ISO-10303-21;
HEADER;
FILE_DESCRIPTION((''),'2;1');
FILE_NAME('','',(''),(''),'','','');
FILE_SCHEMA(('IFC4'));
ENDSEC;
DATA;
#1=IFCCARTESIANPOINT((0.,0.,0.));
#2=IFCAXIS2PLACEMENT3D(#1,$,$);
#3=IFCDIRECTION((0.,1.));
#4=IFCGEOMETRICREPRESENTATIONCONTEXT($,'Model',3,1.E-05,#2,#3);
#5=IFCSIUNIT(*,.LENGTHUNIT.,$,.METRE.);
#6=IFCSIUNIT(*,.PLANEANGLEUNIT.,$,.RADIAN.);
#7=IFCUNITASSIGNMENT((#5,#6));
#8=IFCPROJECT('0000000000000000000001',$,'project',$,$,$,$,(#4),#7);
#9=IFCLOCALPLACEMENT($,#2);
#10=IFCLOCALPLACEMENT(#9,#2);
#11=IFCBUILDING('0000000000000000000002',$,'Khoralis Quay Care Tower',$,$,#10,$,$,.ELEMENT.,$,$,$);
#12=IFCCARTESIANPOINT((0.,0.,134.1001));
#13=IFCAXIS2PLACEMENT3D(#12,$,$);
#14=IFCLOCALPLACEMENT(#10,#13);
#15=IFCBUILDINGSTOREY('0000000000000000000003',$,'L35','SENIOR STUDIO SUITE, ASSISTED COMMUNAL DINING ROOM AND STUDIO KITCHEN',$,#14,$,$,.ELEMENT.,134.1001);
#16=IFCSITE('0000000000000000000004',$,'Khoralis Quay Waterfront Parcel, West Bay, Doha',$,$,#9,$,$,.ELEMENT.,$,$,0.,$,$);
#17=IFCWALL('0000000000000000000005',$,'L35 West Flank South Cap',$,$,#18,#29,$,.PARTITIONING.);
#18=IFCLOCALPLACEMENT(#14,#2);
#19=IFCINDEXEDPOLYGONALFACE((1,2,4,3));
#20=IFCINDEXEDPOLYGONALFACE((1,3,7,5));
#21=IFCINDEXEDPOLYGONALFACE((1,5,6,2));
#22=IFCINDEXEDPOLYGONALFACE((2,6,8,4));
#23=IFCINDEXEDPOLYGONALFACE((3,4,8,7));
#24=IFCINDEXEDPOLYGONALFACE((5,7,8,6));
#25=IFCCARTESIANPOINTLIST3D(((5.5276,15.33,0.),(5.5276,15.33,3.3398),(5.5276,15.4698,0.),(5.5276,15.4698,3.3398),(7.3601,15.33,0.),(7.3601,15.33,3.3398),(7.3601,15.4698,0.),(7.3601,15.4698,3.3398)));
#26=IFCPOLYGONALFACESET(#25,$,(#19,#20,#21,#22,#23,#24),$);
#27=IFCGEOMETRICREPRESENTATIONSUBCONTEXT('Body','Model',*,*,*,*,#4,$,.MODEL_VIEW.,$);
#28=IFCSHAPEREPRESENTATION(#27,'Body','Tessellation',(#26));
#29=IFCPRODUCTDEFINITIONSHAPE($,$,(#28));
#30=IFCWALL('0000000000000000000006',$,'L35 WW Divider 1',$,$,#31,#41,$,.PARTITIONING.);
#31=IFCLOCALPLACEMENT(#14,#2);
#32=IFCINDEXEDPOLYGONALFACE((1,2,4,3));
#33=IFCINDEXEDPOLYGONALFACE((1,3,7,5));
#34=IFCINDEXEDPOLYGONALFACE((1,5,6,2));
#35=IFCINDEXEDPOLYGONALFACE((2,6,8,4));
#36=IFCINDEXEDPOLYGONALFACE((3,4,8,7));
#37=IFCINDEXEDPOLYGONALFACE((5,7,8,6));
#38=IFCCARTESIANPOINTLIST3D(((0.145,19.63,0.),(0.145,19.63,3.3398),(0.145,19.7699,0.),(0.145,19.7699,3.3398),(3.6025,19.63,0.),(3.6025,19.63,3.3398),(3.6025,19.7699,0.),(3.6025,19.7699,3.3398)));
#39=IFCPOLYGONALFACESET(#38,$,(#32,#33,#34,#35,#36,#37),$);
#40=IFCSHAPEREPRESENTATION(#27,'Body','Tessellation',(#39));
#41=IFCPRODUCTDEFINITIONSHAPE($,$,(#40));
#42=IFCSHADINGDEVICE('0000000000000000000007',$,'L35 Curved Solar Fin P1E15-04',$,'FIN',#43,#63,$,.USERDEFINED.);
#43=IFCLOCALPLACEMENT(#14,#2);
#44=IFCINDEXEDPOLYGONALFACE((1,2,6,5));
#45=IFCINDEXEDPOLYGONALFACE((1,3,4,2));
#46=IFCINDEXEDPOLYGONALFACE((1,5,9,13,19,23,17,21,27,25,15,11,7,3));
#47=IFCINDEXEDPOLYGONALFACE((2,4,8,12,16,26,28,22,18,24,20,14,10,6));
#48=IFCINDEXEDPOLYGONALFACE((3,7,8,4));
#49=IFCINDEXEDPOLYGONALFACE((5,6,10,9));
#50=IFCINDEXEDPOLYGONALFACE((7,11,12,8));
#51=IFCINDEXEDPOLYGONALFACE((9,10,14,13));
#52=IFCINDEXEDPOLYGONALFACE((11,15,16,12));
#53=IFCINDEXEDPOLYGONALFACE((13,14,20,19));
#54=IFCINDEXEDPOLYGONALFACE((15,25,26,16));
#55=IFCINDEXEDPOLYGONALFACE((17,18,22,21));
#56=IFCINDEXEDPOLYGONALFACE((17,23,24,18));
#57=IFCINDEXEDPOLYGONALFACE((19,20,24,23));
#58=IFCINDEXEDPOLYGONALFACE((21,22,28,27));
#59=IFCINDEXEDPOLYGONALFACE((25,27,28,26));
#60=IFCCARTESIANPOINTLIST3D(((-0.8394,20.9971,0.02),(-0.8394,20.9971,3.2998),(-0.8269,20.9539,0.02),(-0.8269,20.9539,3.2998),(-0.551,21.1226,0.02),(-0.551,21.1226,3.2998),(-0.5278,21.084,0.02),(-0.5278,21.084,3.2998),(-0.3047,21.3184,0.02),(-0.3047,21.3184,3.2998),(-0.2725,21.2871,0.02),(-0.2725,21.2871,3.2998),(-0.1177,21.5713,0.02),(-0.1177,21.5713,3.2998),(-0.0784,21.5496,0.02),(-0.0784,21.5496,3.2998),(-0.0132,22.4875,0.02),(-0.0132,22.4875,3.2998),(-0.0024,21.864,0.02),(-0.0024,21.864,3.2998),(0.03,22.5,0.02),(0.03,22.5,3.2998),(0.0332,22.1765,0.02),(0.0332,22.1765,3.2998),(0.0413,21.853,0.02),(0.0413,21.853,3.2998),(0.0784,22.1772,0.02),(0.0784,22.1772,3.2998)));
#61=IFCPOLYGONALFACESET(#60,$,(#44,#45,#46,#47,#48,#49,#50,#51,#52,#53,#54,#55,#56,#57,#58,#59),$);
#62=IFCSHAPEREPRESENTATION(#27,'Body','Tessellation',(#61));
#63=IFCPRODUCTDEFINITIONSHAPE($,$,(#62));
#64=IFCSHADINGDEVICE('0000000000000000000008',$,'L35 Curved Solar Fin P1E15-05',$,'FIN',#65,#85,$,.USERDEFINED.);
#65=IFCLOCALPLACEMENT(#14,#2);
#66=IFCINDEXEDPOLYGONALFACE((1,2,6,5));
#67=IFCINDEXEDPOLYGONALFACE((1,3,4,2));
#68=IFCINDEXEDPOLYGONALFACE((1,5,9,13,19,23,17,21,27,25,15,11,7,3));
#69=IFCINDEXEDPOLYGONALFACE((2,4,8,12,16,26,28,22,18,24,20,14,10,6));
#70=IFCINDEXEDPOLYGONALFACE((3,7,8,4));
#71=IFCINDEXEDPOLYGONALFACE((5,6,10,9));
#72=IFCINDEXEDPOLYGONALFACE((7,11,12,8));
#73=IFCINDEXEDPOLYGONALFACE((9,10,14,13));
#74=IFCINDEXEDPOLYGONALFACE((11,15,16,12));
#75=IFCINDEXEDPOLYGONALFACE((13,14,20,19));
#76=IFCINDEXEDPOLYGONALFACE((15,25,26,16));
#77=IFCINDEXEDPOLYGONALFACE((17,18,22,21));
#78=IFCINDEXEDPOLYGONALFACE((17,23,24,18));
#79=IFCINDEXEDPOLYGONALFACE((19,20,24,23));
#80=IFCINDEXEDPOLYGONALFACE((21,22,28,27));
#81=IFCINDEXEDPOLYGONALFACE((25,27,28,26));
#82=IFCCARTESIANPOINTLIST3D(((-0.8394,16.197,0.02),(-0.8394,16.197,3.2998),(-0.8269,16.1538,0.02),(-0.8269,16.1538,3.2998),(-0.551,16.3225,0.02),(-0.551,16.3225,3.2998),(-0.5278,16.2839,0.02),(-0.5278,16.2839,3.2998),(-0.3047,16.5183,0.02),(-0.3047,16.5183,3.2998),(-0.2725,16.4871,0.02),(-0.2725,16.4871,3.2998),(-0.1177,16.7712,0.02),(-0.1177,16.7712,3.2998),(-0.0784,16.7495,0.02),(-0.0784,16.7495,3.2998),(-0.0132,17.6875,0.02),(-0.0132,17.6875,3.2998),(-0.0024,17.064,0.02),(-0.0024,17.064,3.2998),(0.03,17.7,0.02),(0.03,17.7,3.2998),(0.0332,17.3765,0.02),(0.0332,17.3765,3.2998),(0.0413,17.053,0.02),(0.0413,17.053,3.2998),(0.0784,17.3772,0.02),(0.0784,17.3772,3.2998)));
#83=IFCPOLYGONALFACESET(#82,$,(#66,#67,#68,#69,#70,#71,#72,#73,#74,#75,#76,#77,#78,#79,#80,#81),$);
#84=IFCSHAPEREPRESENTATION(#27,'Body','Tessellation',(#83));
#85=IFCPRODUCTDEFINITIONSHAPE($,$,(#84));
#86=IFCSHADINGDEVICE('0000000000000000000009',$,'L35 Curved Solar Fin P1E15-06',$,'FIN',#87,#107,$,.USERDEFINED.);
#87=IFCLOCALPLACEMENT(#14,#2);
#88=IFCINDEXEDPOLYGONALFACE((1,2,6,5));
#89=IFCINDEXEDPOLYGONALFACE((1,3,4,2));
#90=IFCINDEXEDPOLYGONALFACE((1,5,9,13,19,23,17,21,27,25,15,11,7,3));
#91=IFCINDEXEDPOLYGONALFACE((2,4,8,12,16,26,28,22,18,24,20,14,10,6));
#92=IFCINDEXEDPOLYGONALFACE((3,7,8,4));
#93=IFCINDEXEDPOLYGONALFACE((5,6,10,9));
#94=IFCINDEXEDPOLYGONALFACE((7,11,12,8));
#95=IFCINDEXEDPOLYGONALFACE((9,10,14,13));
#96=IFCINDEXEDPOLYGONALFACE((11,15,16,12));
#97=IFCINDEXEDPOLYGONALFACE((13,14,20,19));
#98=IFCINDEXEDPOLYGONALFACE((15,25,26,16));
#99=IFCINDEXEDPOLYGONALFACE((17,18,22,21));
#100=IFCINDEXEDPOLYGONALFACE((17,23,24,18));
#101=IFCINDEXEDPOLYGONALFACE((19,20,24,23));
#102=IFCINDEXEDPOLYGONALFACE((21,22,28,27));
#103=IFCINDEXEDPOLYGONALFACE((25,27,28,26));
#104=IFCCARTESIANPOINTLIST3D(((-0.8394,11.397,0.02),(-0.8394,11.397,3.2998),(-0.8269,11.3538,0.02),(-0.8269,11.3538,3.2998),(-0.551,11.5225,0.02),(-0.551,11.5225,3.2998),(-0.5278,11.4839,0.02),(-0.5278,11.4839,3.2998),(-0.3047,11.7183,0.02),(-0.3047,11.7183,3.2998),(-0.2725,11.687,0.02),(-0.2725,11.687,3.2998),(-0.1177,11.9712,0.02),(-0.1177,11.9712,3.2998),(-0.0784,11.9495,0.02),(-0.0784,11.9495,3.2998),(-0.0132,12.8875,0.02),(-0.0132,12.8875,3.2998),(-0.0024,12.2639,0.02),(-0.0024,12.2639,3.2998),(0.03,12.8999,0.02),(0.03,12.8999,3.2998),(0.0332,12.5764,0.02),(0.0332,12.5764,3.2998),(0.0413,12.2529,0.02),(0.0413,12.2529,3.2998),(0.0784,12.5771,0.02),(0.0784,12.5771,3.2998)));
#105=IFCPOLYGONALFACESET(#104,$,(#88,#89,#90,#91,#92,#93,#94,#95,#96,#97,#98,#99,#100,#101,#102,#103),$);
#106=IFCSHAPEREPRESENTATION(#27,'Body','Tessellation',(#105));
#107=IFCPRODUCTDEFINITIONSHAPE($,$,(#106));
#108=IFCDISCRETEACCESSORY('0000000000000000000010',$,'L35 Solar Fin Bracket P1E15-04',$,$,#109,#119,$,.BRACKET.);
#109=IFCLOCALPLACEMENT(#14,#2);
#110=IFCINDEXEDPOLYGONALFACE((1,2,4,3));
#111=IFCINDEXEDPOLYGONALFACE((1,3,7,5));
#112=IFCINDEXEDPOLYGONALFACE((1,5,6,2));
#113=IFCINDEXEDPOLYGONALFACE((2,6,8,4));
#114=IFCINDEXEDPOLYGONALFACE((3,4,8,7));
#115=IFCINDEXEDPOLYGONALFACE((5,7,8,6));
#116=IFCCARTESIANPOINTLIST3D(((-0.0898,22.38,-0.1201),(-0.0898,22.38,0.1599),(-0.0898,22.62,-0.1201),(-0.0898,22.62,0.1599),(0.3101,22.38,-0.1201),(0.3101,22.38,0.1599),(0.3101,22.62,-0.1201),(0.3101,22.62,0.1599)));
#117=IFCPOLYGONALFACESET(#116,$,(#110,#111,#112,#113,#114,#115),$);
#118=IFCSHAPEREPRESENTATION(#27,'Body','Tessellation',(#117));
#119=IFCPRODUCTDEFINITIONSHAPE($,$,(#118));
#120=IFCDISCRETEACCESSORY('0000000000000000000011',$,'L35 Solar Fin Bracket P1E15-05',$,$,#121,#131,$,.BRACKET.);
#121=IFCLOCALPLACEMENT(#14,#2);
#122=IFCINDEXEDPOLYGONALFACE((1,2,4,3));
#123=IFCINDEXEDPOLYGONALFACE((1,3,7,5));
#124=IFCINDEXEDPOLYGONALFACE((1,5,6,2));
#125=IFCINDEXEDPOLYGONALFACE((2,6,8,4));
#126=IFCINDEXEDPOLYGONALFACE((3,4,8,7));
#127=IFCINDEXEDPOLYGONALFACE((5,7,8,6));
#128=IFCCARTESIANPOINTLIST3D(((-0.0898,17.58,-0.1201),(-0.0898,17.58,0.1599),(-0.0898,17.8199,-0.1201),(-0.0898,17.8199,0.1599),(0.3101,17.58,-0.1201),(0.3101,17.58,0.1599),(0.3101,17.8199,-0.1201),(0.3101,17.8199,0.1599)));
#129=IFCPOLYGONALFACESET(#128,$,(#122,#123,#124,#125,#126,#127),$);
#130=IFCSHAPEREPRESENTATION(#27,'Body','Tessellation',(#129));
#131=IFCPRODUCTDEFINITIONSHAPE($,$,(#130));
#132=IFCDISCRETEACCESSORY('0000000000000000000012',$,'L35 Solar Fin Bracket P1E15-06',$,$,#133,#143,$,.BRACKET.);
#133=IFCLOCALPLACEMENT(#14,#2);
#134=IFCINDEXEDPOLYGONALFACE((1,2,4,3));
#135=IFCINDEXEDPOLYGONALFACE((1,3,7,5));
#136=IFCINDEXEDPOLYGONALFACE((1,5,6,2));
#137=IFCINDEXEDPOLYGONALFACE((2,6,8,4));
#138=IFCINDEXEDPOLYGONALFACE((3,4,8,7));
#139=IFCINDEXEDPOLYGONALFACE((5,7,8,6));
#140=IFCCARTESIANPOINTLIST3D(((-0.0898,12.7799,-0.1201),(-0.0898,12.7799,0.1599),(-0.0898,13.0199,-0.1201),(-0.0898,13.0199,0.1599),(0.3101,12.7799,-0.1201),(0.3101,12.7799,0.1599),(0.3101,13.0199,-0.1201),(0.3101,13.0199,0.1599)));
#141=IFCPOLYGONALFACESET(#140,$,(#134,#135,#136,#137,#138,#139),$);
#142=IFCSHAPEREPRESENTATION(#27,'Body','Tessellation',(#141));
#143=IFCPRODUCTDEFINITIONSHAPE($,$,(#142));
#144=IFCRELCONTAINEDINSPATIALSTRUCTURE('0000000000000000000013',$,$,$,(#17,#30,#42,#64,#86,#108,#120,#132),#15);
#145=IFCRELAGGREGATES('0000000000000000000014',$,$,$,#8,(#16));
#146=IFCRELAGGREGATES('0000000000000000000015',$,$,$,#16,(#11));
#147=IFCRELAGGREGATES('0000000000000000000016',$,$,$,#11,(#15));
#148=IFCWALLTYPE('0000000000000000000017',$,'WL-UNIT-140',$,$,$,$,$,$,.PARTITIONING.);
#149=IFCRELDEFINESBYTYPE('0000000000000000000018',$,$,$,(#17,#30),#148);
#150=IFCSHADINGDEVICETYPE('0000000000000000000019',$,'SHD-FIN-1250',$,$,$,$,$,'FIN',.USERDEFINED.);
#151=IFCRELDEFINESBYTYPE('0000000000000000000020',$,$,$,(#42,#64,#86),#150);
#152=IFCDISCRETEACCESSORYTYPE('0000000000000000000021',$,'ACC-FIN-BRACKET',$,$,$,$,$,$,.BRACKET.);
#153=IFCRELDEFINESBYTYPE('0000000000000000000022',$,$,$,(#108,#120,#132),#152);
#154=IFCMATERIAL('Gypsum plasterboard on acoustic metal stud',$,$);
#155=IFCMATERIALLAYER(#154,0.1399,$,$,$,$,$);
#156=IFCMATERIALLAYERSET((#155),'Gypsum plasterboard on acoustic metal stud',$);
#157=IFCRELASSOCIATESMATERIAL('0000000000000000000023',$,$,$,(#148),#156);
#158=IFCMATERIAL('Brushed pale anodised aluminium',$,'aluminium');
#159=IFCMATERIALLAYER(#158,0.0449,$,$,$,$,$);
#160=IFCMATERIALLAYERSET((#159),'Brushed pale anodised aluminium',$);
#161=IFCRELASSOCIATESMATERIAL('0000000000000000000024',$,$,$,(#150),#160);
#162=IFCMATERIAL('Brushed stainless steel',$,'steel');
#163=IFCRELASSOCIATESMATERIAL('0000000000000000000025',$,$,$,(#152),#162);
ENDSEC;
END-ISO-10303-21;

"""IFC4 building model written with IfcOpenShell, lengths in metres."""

from ifc_helpers import new_model, si_unit, direction, frame, frame_2d, origin, origin_2d, place, context, subcontext, project, spatial, polyline, rectangle, outline, extrude, source, transform, mapped, material, layer, layer_set, type_object, element, save


model = new_model("IFC4")

# Units and contexts
model_context = context("Model", 3, precision=1e-05, world=origin(), true_north=direction((0.0, 1.0)))
body_context = subcontext(model_context, "Body", "Model", "MODEL_VIEW")
ifc_project = project(units=[si_unit("LENGTHUNIT", "METRE"), si_unit("PLANEANGLEUNIT", "RADIAN")], contexts=[model_context])

# Site, building, storey
site_placement = place(None, origin())
site = spatial("IfcSite", under=ifc_project, at=site_placement, Name="Khoralis Quay Waterfront Parcel, West Bay, Doha", CompositionType="ELEMENT", RefElevation=0.0)
building_placement = place(site_placement, origin())
building = spatial("IfcBuilding", under=site, at=building_placement, Name="Khoralis Quay Care Tower", CompositionType="ELEMENT")
storey_placement = place(building_placement, frame((0.0, 0.0, 134.1001)))
storey = spatial("IfcBuildingStorey", under=building, at=storey_placement, Name="L35", Description="SENIOR STUDIO SUITE, ASSISTED COMMUNAL DINING ROOM AND STUDIO KITCHEN", CompositionType="ELEMENT", Elevation=134.1001)

# Shared definitions
ifc_material_1 = material(Name="Gypsum plasterboard on acoustic metal stud")

# Walls
ifc_layer_1 = layer(ifc_material_1, 0.1399)
ifc_layer_set_1 = layer_set([ifc_layer_1], Name="Gypsum plasterboard on acoustic metal stud")
wall_type_1 = type_object("IfcWallType", Name="WL-UNIT-140", PredefinedType="PARTITIONING", material=ifc_layer_set_1)
wall_1_placement = place(storey_placement, frame((5.5276, 15.3999, 0.0), z_axis=(0.0, 0.0, 1.0), x_axis=(1.0, 0.0, 0.0)))
element("IfcWall", 1, at=wall_1_placement, inside=storey, type_object=wall_type_1, Name="L35 West Flank South Cap", PredefinedType="PARTITIONING", context=body_context, shape_type="SweptSolid", body=[
    extrude(rectangle(XDim=1.8325, YDim=0.1399, at=frame_2d((0.9163, 0.0))), origin(), (0.0, 0.0, 1.0), 3.3398),
])
wall_2_placement = place(storey_placement, frame((0.145, 19.7, 0.0), z_axis=(0.0, 0.0, 1.0), x_axis=(1.0, 0.0, 0.0)))
element("IfcWall", 2, at=wall_2_placement, inside=storey, type_object=wall_type_1, Name="L35 WW Divider 1", PredefinedType="PARTITIONING", context=body_context, shape_type="SweptSolid", body=[
    extrude(rectangle(XDim=3.4575, YDim=0.1399, at=frame_2d((1.7288, 0.0))), origin(), (0.0, 0.0, 1.0), 3.3398),
])

# Shading devices
ifc_material_2 = material(Name="Brushed pale anodised aluminium", Category="aluminium")
ifc_layer_2 = layer(ifc_material_2, 0.0449)
ifc_layer_set_2 = layer_set([ifc_layer_2], Name="Brushed pale anodised aluminium")
shading_device_type = type_object("IfcShadingDeviceType", Name="SHD-FIN-1250", ElementType="FIN", PredefinedType="USERDEFINED", material=ifc_layer_set_2)
shared_shape_1 = source(origin(), body_context, "Body", "SweptSolid", [
    extrude(outline(polyline([(0.0, 0.0), (-0.0483, 0.3228), (-0.0112, 0.647), (0.1084, 0.9504), (0.3025, 1.2129), (0.5579, 1.416), (0.8569, 1.5461), (0.8694, 1.5029), (0.5811, 1.3774), (0.3347, 1.1816), (0.1477, 0.9287), (0.0325, 0.636), (-0.0032, 0.3235), (0.0432, 0.0125), (0.0, 0.0)])), origin(), (0.0, 0.0, 1.0), 3.2798),
])
for number, where, z_axis, x_axis, name in (
    (3, (0.03, 22.5, 0.02), (0.0, 0.0, 1.0), (-1.0, 0.0, 0.0), "L35 Curved Solar Fin P1E15-04"),
    (4, (0.03, 17.7, 0.02), (0.0, 0.0, 1.0), (-1.0, 0.0, 0.0), "L35 Curved Solar Fin P1E15-05"),
    (5, (0.03, 12.8999, 0.02), (0.0, 0.0, 1.0), (-1.0, 0.0, 0.0), "L35 Curved Solar Fin P1E15-06"),
):
    element("IfcShadingDevice", number, at=place(storey_placement, frame(where, z_axis=z_axis, x_axis=x_axis)), inside=storey, type_object=shading_device_type, Name=name, ObjectType="FIN", PredefinedType="USERDEFINED", context=body_context, shape_type="MappedRepresentation", body=[
        mapped(shared_shape_1, transform((0.0, 0.0, 0.0), scale=1.0)),
    ])

# Discrete accessories
ifc_material_3 = material(Name="Brushed stainless steel", Category="steel")
discrete_accessory_type = type_object("IfcDiscreteAccessoryType", Name="ACC-FIN-BRACKET", PredefinedType="BRACKET", material=ifc_material_3)
shared_shape_2 = source(origin(), body_context, "Body", "SweptSolid", [
    extrude(rectangle(XDim=0.3999, YDim=0.24, at=origin_2d()), origin(), (0.0, 0.0, 1.0), 0.28),
])
for number, where, z_axis, x_axis, name in (
    (6, (0.1101, 22.5, -0.1201), (0.0, 0.0, 1.0), (-1.0, 0.0, 0.0), "L35 Solar Fin Bracket P1E15-04"),
    (7, (0.1101, 17.7, -0.1201), (0.0, 0.0, 1.0), (-1.0, 0.0, 0.0), "L35 Solar Fin Bracket P1E15-05"),
    (8, (0.1101, 12.8999, -0.1201), (0.0, 0.0, 1.0), (-1.0, 0.0, 0.0), "L35 Solar Fin Bracket P1E15-06"),
):
    element("IfcDiscreteAccessory", number, at=place(storey_placement, frame(where, z_axis=z_axis, x_axis=x_axis)), inside=storey, type_object=discrete_accessory_type, Name=name, PredefinedType="BRACKET", context=body_context, shape_type="MappedRepresentation", body=[
        mapped(shared_shape_2, transform((0.0, 0.0, 0.0), scale=1.0)),
    ])

save(model, "model.ifc")
